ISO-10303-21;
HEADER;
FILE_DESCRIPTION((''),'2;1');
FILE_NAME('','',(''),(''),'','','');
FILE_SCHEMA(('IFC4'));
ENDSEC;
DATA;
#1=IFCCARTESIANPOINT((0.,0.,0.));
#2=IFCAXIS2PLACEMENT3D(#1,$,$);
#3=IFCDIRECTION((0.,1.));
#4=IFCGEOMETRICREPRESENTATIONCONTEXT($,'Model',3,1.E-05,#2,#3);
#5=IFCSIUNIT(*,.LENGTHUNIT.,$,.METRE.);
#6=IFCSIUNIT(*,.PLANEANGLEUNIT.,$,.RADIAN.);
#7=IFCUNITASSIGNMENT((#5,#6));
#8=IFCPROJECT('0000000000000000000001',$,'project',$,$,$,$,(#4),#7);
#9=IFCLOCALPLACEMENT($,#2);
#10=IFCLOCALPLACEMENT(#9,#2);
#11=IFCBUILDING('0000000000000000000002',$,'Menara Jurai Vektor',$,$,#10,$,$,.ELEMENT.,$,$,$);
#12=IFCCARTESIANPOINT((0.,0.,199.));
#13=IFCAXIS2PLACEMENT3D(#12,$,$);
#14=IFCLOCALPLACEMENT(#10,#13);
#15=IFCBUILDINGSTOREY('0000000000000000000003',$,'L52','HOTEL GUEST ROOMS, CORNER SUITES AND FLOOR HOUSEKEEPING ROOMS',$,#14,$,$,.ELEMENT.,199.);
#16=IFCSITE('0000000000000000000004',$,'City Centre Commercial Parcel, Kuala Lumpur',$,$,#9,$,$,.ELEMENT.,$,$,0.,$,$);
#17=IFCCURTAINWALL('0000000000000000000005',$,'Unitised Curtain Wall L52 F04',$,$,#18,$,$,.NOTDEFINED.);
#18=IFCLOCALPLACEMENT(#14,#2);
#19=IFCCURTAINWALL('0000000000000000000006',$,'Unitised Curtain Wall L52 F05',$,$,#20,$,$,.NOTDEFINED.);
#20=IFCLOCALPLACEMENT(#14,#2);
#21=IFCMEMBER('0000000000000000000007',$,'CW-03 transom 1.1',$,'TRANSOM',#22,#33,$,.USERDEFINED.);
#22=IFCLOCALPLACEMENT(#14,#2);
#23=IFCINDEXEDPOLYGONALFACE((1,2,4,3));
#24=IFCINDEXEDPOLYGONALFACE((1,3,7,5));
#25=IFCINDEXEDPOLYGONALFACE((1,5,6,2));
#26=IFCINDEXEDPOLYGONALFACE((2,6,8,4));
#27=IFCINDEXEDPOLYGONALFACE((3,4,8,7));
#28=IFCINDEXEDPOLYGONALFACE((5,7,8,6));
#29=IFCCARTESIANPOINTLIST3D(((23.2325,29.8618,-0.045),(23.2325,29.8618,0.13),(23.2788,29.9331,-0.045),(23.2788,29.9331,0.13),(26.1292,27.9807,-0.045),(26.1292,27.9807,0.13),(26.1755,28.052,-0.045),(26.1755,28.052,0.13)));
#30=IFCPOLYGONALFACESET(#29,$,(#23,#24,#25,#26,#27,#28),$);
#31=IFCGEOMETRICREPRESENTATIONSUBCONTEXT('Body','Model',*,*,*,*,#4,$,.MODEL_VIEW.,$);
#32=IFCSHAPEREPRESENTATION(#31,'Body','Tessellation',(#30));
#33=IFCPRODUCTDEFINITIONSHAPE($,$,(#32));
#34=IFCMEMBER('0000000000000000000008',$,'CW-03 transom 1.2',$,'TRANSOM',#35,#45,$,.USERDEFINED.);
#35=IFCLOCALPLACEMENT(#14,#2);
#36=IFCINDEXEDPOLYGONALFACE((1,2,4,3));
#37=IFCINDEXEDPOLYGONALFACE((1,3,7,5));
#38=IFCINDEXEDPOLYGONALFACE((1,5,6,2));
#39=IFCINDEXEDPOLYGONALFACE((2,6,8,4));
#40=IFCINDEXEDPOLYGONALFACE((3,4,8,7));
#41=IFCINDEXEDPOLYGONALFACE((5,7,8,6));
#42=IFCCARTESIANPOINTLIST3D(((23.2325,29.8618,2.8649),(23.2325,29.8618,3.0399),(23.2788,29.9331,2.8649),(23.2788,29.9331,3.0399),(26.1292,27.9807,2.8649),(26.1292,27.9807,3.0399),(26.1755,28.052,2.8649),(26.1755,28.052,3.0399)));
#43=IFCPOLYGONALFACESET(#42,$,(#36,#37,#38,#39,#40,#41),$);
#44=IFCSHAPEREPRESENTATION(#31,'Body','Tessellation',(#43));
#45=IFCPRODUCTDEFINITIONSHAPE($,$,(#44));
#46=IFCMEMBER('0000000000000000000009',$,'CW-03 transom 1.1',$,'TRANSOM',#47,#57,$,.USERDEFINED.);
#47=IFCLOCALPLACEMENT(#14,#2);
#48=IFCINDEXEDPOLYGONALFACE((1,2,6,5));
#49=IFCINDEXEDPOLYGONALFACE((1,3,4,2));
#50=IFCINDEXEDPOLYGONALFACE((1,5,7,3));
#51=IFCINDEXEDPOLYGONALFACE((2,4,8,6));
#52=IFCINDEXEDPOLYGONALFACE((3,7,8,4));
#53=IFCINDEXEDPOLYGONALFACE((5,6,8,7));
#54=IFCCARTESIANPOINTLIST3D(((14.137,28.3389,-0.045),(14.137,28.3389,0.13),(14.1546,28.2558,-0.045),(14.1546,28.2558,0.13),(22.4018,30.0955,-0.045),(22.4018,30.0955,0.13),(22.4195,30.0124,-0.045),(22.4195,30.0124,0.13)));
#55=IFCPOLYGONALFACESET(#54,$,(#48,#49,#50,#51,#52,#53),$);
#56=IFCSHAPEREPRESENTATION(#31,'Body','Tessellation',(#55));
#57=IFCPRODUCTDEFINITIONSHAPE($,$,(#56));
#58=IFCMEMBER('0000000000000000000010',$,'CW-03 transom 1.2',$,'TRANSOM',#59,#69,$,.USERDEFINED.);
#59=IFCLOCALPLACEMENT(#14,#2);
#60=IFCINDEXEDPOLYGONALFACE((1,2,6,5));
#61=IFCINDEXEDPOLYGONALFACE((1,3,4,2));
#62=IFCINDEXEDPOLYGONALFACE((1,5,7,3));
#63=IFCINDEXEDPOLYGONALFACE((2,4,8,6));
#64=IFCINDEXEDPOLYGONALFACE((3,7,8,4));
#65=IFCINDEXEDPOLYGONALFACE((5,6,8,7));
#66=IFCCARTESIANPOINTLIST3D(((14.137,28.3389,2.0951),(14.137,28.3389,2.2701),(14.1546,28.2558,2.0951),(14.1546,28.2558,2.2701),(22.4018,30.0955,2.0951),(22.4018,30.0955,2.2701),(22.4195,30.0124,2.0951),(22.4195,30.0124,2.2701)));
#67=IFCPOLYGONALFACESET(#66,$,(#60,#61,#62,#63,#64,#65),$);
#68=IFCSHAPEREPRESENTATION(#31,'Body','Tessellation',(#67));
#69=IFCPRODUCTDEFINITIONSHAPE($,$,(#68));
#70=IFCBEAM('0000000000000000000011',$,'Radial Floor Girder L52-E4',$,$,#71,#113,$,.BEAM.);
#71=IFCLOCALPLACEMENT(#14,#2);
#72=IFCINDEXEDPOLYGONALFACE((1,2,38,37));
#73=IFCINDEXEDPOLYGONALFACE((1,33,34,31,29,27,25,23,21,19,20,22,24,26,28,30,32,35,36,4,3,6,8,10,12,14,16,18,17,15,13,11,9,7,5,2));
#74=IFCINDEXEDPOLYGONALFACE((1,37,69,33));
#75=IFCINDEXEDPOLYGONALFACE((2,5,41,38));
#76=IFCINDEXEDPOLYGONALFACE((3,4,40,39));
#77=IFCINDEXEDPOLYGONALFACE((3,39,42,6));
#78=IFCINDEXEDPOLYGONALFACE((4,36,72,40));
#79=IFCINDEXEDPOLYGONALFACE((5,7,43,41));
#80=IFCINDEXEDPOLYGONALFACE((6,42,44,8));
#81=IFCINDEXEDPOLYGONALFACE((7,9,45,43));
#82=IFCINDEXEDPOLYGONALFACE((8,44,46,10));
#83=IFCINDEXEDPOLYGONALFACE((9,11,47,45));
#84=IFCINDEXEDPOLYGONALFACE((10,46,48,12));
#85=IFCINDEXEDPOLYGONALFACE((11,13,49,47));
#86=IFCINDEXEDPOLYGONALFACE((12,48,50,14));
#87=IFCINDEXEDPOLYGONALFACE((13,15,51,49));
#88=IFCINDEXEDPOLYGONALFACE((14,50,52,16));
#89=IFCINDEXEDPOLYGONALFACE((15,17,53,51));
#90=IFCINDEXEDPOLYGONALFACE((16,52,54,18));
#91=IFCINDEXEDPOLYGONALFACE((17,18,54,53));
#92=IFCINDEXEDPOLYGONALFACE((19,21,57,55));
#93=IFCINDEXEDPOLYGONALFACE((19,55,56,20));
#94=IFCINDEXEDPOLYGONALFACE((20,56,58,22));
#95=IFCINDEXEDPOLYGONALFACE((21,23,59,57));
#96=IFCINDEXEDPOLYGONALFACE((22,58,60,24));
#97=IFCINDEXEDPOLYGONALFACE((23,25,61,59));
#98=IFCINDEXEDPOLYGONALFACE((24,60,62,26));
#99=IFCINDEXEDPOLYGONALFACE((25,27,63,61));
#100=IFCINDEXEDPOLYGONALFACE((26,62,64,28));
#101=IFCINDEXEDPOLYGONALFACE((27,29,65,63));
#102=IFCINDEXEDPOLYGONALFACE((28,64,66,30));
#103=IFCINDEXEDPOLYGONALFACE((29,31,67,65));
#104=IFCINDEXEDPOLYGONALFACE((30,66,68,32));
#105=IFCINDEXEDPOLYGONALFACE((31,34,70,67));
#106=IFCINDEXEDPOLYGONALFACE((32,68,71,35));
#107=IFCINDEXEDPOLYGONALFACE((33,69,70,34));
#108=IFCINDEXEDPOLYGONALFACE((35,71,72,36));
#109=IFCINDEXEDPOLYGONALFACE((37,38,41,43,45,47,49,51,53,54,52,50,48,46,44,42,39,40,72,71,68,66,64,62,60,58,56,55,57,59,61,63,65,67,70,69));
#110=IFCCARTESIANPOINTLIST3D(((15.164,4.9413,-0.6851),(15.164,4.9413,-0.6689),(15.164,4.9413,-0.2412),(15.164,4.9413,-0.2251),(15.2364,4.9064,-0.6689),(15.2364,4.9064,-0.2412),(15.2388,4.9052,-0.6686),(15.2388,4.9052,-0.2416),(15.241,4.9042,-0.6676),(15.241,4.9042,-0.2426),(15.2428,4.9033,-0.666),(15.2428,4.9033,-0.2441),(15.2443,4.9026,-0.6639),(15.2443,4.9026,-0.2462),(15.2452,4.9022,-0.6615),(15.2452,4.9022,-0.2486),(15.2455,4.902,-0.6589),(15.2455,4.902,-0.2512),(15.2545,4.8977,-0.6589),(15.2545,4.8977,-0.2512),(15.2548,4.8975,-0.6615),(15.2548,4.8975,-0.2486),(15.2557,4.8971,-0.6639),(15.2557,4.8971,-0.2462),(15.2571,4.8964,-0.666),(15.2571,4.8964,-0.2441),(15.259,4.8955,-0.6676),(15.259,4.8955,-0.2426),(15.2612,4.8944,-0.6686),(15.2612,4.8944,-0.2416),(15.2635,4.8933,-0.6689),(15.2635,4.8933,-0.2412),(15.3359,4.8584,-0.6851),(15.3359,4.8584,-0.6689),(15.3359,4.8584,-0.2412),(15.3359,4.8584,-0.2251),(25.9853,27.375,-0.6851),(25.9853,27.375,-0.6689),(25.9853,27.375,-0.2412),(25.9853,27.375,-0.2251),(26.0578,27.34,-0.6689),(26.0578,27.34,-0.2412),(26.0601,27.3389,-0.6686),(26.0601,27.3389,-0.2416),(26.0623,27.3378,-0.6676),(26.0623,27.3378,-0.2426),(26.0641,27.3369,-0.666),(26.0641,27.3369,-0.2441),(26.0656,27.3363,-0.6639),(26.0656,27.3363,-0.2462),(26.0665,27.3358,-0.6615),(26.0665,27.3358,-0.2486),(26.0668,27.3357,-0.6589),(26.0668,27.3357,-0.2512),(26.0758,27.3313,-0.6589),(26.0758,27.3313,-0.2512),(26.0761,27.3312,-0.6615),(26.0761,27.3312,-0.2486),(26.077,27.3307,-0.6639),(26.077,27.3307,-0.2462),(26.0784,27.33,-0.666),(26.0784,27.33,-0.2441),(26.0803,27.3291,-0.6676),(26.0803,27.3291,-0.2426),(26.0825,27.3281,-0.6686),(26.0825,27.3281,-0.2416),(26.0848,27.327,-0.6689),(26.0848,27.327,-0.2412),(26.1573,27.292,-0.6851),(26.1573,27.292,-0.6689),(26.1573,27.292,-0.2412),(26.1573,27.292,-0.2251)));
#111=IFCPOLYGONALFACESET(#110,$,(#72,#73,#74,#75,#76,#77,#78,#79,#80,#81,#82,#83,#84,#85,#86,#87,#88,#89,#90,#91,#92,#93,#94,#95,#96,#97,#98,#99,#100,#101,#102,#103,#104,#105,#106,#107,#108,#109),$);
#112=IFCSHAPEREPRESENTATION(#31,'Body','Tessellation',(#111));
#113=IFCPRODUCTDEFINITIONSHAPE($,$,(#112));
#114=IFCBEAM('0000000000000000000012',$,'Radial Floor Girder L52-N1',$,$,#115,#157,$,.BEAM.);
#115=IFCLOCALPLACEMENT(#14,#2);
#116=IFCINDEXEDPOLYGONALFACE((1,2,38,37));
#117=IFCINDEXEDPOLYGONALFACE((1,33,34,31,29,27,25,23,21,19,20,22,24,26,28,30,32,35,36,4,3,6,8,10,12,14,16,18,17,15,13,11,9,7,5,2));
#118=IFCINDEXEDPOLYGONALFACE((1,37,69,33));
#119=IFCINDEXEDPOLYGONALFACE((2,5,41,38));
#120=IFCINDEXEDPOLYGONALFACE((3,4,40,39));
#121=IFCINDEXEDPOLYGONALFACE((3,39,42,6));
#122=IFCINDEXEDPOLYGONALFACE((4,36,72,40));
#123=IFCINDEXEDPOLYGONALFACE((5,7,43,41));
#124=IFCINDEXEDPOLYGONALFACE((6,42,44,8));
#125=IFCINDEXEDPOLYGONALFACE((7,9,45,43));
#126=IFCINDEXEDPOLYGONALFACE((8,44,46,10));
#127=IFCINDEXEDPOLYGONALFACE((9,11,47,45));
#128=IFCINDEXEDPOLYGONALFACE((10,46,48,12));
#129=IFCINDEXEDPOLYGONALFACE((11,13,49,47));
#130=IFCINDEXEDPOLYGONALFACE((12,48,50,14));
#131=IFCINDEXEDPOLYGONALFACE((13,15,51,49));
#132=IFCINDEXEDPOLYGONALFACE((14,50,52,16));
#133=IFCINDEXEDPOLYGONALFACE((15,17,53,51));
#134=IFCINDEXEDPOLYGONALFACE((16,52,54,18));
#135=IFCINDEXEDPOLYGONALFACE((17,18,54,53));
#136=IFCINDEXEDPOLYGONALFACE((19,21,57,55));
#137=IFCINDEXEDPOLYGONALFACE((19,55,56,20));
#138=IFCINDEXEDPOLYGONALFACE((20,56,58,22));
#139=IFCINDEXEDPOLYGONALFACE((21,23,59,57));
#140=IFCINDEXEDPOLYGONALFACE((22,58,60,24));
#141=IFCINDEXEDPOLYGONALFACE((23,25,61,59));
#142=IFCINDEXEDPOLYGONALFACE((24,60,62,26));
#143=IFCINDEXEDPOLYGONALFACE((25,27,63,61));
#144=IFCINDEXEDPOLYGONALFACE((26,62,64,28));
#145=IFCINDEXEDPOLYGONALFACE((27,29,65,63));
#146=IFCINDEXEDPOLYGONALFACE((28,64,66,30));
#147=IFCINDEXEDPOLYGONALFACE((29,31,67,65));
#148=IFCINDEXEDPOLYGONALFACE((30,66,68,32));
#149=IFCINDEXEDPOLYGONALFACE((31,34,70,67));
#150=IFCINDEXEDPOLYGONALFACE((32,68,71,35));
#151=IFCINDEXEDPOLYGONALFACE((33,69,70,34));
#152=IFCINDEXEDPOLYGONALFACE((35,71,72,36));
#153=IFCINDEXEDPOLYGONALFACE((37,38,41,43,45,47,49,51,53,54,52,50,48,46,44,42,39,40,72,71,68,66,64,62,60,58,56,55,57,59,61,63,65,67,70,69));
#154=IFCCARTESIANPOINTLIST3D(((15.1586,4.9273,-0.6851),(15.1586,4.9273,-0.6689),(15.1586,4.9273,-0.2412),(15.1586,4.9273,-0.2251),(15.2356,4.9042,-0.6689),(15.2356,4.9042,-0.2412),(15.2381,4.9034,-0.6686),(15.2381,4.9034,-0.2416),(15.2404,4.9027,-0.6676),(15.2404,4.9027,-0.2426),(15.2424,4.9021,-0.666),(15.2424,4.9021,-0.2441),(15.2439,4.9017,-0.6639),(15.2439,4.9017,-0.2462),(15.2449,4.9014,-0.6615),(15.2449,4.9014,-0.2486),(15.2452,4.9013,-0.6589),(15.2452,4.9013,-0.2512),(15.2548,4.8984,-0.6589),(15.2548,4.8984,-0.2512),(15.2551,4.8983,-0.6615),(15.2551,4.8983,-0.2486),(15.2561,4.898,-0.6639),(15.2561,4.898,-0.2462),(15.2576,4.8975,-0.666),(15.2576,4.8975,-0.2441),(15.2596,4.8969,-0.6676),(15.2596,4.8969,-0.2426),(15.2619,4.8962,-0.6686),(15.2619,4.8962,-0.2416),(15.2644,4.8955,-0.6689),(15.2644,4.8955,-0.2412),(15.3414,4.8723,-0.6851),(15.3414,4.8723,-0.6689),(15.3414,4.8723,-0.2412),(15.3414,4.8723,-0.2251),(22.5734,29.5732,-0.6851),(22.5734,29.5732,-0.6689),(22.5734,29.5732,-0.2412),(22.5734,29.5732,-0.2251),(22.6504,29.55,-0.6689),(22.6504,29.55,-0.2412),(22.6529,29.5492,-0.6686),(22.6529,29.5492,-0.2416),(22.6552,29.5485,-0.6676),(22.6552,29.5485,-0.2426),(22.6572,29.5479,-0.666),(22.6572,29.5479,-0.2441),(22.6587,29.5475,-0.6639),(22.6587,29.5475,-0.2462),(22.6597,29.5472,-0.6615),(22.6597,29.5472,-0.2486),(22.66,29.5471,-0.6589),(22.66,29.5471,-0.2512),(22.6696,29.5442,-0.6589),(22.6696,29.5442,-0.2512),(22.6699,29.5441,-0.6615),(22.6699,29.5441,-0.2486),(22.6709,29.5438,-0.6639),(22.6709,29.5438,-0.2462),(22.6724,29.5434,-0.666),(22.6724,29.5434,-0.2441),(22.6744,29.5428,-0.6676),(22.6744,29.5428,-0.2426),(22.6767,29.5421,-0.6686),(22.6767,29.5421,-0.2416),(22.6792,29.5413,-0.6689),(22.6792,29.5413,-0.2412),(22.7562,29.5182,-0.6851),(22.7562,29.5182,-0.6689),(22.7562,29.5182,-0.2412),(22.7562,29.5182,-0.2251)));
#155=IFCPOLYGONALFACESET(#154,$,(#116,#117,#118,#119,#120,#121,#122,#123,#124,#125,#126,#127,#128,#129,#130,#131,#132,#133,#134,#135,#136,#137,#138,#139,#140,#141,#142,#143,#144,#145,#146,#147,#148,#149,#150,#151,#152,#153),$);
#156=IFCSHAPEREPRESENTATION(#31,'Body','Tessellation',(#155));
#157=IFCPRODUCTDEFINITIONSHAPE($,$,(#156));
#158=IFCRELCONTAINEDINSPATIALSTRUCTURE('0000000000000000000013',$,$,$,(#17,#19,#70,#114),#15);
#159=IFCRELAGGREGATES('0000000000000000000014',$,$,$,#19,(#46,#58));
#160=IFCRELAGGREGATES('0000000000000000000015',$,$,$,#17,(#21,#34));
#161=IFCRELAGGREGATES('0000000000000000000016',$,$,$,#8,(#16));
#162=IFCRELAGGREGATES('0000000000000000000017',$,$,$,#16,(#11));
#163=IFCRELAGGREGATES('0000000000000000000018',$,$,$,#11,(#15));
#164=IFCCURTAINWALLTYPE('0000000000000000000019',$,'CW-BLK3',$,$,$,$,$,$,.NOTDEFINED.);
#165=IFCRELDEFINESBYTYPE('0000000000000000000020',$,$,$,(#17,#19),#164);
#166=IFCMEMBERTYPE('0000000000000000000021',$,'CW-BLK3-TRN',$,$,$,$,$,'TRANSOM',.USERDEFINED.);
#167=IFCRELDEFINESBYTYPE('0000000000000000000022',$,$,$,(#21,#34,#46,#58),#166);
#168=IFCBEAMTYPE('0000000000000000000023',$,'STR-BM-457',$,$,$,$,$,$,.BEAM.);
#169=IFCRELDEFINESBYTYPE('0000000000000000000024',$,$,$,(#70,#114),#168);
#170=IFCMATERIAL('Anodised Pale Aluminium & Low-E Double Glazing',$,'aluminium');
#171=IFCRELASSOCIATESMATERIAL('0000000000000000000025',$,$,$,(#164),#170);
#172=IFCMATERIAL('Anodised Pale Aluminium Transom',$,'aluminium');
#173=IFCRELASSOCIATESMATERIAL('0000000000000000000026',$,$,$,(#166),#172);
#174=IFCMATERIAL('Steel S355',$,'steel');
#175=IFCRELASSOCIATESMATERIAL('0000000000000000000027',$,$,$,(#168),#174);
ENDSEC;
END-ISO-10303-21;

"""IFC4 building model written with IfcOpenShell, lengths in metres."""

from ifc_helpers import new_model, si_unit, direction, frame, origin, origin_2d, place, context, subcontext, project, spatial, rectangle, i_section, extrude, material, material_profile, profile_set, type_object, element, aggregate, save


model = new_model("IFC4")

# Units and contexts
model_context = context("Model", 3, precision=1e-05, world=origin(), true_north=direction((0.0, 1.0)))
body_context = subcontext(model_context, "Body", "Model", "MODEL_VIEW")
ifc_project = project(units=[si_unit("LENGTHUNIT", "METRE"), si_unit("PLANEANGLEUNIT", "RADIAN")], contexts=[model_context])

# Site, building, storey
site_placement = place(None, origin())
site = spatial("IfcSite", under=ifc_project, at=site_placement, Name="City Centre Commercial Parcel, Kuala Lumpur", CompositionType="ELEMENT", RefElevation=0.0)
building_placement = place(site_placement, origin())
building = spatial("IfcBuilding", under=site, at=building_placement, Name="Menara Jurai Vektor", CompositionType="ELEMENT")
storey_placement = place(building_placement, frame((0.0, 0.0, 199.0)))
storey = spatial("IfcBuildingStorey", under=building, at=storey_placement, Name="L52", Description="HOTEL GUEST ROOMS, CORNER SUITES AND FLOOR HOUSEKEEPING ROOMS", CompositionType="ELEMENT", Elevation=199.0)

# Curtain wall
ifc_material_1 = material(Name="Anodised Pale Aluminium & Low-E Double Glazing", Category="aluminium")
curtain_wall_type = type_object("IfcCurtainWallType", Name="CW-BLK3", PredefinedType="NOTDEFINED", material=ifc_material_1)
curtain_wall_1_placement = place(storey_placement, origin())
curtain_wall_1 = element("IfcCurtainWall", 1, at=curtain_wall_1_placement, inside=storey, type_object=curtain_wall_type, Name="Unitised Curtain Wall L52 F04", PredefinedType="NOTDEFINED")

# Curtain wall
curtain_wall_2_placement = place(storey_placement, origin())
curtain_wall_2 = element("IfcCurtainWall", 2, at=curtain_wall_2_placement, inside=storey, type_object=curtain_wall_type, Name="Unitised Curtain Wall L52 F05", PredefinedType="NOTDEFINED")

# Members
ifc_material_2 = material(Name="Anodised Pale Aluminium Transom", Category="aluminium")
ifc_material_profile_1 = material_profile(ifc_material_2, rectangle(XDim=0.085, YDim=0.175, at=origin_2d()), Name="ALU TRN 85x175")
ifc_profile_set_1 = profile_set([ifc_material_profile_1], Name="Anodised Pale Aluminium Transom")
member_type_1 = type_object("IfcMemberType", Name="CW-BLK3-TRN", ElementType="TRANSOM", PredefinedType="USERDEFINED", material=ifc_profile_set_1)
member_1_placement = place(storey_placement, frame((26.1523, 28.0164, 0.0425), z_axis=(-0.838678, 0.544628, 0.0), x_axis=(-0.544628, -0.838678, 0.0)))
member_1 = element("IfcMember", 3, at=member_1_placement, type_object=member_type_1, Name="CW-03 transom 1.1", ObjectType="TRANSOM", PredefinedType="USERDEFINED", context=body_context, shape_type="SweptSolid", body=[
    extrude(rectangle(XDim=0.085, YDim=0.175, at=origin_2d()), origin(), (0.0, 0.0, 1.0), 3.4539),
])
member_2_placement = place(storey_placement, frame((26.1523, 28.0164, 2.9524), z_axis=(-0.838678, 0.544628, 0.0), x_axis=(-0.544628, -0.838678, 0.0)))
member_2 = element("IfcMember", 4, at=member_2_placement, type_object=member_type_1, Name="CW-03 transom 1.2", ObjectType="TRANSOM", PredefinedType="USERDEFINED", context=body_context, shape_type="SweptSolid", body=[
    extrude(rectangle(XDim=0.085, YDim=0.175, at=origin_2d()), origin(), (0.0, 0.0, 1.0), 3.4539),
])
member_3_placement = place(storey_placement, frame((22.4106, 30.054, 0.0425), z_axis=(-0.978152, -0.207893, 0.0), x_axis=(0.207893, -0.978152, 0.0)))
member_3 = element("IfcMember", 5, at=member_3_placement, type_object=member_type_1, Name="CW-03 transom 1.1", ObjectType="TRANSOM", PredefinedType="USERDEFINED", context=body_context, shape_type="SweptSolid", body=[
    extrude(rectangle(XDim=0.085, YDim=0.175, at=origin_2d()), origin(), (0.0, 0.0, 1.0), 8.4495),
])
member_4_placement = place(storey_placement, frame((22.4106, 30.054, 2.1826), z_axis=(-0.978152, -0.207893, 0.0), x_axis=(0.207893, -0.978152, 0.0)))
member_4 = element("IfcMember", 6, at=member_4_placement, type_object=member_type_1, Name="CW-03 transom 1.2", ObjectType="TRANSOM", PredefinedType="USERDEFINED", context=body_context, shape_type="SweptSolid", body=[
    extrude(rectangle(XDim=0.085, YDim=0.175, at=origin_2d()), origin(), (0.0, 0.0, 1.0), 8.4495),
])

# Beams
ifc_material_3 = material(Name="Steel S355", Category="steel")
ifc_material_profile_2 = material_profile(ifc_material_3, i_section(OverallWidth=0.1909, OverallDepth=0.46, WebThickness=0.01, FlangeThickness=0.0161, FilletRadius=0.01, at=origin_2d()), Name="UKB 457x191x82")
ifc_profile_set_2 = profile_set([ifc_material_profile_2], Name="Steel S355")
beam_type_1 = type_object("IfcBeamType", Name="STR-BM-457", PredefinedType="BEAM", material=ifc_profile_set_2)
beam_1_placement = place(storey_placement, frame((26.0713, 27.3335, -0.4551), z_axis=(-0.434465, -0.900689, 0.0), x_axis=(0.900689, -0.434465, 0.0)))
element("IfcBeam", 7, at=beam_1_placement, inside=storey, type_object=beam_type_1, Name="Radial Floor Girder L52-E4", PredefinedType="BEAM", context=body_context, shape_type="SweptSolid", body=[
    extrude(i_section(OverallWidth=0.1909, OverallDepth=0.46, WebThickness=0.01, FlangeThickness=0.0161, FilletRadius=0.01, at=origin_2d()), origin(), (0.0, 0.0, 1.0), 24.9072),
])
beam_2_placement = place(storey_placement, frame((22.6648, 29.5457, -0.4551), z_axis=(-0.288099, -0.957601, 0.0), x_axis=(0.957601, -0.288099, 0.0)))
element("IfcBeam", 8, at=beam_2_placement, inside=storey, type_object=beam_type_1, Name="Radial Floor Girder L52-N1", PredefinedType="BEAM", context=body_context, shape_type="SweptSolid", body=[
    extrude(i_section(OverallWidth=0.1909, OverallDepth=0.46, WebThickness=0.01, FlangeThickness=0.0161, FilletRadius=0.01, at=origin_2d()), origin(), (0.0, 0.0, 1.0), 25.7371),
])

aggregate(curtain_wall_2, [member_3, member_4])
aggregate(curtain_wall_1, [member_1, member_2])

save(model, "model.ifc")
